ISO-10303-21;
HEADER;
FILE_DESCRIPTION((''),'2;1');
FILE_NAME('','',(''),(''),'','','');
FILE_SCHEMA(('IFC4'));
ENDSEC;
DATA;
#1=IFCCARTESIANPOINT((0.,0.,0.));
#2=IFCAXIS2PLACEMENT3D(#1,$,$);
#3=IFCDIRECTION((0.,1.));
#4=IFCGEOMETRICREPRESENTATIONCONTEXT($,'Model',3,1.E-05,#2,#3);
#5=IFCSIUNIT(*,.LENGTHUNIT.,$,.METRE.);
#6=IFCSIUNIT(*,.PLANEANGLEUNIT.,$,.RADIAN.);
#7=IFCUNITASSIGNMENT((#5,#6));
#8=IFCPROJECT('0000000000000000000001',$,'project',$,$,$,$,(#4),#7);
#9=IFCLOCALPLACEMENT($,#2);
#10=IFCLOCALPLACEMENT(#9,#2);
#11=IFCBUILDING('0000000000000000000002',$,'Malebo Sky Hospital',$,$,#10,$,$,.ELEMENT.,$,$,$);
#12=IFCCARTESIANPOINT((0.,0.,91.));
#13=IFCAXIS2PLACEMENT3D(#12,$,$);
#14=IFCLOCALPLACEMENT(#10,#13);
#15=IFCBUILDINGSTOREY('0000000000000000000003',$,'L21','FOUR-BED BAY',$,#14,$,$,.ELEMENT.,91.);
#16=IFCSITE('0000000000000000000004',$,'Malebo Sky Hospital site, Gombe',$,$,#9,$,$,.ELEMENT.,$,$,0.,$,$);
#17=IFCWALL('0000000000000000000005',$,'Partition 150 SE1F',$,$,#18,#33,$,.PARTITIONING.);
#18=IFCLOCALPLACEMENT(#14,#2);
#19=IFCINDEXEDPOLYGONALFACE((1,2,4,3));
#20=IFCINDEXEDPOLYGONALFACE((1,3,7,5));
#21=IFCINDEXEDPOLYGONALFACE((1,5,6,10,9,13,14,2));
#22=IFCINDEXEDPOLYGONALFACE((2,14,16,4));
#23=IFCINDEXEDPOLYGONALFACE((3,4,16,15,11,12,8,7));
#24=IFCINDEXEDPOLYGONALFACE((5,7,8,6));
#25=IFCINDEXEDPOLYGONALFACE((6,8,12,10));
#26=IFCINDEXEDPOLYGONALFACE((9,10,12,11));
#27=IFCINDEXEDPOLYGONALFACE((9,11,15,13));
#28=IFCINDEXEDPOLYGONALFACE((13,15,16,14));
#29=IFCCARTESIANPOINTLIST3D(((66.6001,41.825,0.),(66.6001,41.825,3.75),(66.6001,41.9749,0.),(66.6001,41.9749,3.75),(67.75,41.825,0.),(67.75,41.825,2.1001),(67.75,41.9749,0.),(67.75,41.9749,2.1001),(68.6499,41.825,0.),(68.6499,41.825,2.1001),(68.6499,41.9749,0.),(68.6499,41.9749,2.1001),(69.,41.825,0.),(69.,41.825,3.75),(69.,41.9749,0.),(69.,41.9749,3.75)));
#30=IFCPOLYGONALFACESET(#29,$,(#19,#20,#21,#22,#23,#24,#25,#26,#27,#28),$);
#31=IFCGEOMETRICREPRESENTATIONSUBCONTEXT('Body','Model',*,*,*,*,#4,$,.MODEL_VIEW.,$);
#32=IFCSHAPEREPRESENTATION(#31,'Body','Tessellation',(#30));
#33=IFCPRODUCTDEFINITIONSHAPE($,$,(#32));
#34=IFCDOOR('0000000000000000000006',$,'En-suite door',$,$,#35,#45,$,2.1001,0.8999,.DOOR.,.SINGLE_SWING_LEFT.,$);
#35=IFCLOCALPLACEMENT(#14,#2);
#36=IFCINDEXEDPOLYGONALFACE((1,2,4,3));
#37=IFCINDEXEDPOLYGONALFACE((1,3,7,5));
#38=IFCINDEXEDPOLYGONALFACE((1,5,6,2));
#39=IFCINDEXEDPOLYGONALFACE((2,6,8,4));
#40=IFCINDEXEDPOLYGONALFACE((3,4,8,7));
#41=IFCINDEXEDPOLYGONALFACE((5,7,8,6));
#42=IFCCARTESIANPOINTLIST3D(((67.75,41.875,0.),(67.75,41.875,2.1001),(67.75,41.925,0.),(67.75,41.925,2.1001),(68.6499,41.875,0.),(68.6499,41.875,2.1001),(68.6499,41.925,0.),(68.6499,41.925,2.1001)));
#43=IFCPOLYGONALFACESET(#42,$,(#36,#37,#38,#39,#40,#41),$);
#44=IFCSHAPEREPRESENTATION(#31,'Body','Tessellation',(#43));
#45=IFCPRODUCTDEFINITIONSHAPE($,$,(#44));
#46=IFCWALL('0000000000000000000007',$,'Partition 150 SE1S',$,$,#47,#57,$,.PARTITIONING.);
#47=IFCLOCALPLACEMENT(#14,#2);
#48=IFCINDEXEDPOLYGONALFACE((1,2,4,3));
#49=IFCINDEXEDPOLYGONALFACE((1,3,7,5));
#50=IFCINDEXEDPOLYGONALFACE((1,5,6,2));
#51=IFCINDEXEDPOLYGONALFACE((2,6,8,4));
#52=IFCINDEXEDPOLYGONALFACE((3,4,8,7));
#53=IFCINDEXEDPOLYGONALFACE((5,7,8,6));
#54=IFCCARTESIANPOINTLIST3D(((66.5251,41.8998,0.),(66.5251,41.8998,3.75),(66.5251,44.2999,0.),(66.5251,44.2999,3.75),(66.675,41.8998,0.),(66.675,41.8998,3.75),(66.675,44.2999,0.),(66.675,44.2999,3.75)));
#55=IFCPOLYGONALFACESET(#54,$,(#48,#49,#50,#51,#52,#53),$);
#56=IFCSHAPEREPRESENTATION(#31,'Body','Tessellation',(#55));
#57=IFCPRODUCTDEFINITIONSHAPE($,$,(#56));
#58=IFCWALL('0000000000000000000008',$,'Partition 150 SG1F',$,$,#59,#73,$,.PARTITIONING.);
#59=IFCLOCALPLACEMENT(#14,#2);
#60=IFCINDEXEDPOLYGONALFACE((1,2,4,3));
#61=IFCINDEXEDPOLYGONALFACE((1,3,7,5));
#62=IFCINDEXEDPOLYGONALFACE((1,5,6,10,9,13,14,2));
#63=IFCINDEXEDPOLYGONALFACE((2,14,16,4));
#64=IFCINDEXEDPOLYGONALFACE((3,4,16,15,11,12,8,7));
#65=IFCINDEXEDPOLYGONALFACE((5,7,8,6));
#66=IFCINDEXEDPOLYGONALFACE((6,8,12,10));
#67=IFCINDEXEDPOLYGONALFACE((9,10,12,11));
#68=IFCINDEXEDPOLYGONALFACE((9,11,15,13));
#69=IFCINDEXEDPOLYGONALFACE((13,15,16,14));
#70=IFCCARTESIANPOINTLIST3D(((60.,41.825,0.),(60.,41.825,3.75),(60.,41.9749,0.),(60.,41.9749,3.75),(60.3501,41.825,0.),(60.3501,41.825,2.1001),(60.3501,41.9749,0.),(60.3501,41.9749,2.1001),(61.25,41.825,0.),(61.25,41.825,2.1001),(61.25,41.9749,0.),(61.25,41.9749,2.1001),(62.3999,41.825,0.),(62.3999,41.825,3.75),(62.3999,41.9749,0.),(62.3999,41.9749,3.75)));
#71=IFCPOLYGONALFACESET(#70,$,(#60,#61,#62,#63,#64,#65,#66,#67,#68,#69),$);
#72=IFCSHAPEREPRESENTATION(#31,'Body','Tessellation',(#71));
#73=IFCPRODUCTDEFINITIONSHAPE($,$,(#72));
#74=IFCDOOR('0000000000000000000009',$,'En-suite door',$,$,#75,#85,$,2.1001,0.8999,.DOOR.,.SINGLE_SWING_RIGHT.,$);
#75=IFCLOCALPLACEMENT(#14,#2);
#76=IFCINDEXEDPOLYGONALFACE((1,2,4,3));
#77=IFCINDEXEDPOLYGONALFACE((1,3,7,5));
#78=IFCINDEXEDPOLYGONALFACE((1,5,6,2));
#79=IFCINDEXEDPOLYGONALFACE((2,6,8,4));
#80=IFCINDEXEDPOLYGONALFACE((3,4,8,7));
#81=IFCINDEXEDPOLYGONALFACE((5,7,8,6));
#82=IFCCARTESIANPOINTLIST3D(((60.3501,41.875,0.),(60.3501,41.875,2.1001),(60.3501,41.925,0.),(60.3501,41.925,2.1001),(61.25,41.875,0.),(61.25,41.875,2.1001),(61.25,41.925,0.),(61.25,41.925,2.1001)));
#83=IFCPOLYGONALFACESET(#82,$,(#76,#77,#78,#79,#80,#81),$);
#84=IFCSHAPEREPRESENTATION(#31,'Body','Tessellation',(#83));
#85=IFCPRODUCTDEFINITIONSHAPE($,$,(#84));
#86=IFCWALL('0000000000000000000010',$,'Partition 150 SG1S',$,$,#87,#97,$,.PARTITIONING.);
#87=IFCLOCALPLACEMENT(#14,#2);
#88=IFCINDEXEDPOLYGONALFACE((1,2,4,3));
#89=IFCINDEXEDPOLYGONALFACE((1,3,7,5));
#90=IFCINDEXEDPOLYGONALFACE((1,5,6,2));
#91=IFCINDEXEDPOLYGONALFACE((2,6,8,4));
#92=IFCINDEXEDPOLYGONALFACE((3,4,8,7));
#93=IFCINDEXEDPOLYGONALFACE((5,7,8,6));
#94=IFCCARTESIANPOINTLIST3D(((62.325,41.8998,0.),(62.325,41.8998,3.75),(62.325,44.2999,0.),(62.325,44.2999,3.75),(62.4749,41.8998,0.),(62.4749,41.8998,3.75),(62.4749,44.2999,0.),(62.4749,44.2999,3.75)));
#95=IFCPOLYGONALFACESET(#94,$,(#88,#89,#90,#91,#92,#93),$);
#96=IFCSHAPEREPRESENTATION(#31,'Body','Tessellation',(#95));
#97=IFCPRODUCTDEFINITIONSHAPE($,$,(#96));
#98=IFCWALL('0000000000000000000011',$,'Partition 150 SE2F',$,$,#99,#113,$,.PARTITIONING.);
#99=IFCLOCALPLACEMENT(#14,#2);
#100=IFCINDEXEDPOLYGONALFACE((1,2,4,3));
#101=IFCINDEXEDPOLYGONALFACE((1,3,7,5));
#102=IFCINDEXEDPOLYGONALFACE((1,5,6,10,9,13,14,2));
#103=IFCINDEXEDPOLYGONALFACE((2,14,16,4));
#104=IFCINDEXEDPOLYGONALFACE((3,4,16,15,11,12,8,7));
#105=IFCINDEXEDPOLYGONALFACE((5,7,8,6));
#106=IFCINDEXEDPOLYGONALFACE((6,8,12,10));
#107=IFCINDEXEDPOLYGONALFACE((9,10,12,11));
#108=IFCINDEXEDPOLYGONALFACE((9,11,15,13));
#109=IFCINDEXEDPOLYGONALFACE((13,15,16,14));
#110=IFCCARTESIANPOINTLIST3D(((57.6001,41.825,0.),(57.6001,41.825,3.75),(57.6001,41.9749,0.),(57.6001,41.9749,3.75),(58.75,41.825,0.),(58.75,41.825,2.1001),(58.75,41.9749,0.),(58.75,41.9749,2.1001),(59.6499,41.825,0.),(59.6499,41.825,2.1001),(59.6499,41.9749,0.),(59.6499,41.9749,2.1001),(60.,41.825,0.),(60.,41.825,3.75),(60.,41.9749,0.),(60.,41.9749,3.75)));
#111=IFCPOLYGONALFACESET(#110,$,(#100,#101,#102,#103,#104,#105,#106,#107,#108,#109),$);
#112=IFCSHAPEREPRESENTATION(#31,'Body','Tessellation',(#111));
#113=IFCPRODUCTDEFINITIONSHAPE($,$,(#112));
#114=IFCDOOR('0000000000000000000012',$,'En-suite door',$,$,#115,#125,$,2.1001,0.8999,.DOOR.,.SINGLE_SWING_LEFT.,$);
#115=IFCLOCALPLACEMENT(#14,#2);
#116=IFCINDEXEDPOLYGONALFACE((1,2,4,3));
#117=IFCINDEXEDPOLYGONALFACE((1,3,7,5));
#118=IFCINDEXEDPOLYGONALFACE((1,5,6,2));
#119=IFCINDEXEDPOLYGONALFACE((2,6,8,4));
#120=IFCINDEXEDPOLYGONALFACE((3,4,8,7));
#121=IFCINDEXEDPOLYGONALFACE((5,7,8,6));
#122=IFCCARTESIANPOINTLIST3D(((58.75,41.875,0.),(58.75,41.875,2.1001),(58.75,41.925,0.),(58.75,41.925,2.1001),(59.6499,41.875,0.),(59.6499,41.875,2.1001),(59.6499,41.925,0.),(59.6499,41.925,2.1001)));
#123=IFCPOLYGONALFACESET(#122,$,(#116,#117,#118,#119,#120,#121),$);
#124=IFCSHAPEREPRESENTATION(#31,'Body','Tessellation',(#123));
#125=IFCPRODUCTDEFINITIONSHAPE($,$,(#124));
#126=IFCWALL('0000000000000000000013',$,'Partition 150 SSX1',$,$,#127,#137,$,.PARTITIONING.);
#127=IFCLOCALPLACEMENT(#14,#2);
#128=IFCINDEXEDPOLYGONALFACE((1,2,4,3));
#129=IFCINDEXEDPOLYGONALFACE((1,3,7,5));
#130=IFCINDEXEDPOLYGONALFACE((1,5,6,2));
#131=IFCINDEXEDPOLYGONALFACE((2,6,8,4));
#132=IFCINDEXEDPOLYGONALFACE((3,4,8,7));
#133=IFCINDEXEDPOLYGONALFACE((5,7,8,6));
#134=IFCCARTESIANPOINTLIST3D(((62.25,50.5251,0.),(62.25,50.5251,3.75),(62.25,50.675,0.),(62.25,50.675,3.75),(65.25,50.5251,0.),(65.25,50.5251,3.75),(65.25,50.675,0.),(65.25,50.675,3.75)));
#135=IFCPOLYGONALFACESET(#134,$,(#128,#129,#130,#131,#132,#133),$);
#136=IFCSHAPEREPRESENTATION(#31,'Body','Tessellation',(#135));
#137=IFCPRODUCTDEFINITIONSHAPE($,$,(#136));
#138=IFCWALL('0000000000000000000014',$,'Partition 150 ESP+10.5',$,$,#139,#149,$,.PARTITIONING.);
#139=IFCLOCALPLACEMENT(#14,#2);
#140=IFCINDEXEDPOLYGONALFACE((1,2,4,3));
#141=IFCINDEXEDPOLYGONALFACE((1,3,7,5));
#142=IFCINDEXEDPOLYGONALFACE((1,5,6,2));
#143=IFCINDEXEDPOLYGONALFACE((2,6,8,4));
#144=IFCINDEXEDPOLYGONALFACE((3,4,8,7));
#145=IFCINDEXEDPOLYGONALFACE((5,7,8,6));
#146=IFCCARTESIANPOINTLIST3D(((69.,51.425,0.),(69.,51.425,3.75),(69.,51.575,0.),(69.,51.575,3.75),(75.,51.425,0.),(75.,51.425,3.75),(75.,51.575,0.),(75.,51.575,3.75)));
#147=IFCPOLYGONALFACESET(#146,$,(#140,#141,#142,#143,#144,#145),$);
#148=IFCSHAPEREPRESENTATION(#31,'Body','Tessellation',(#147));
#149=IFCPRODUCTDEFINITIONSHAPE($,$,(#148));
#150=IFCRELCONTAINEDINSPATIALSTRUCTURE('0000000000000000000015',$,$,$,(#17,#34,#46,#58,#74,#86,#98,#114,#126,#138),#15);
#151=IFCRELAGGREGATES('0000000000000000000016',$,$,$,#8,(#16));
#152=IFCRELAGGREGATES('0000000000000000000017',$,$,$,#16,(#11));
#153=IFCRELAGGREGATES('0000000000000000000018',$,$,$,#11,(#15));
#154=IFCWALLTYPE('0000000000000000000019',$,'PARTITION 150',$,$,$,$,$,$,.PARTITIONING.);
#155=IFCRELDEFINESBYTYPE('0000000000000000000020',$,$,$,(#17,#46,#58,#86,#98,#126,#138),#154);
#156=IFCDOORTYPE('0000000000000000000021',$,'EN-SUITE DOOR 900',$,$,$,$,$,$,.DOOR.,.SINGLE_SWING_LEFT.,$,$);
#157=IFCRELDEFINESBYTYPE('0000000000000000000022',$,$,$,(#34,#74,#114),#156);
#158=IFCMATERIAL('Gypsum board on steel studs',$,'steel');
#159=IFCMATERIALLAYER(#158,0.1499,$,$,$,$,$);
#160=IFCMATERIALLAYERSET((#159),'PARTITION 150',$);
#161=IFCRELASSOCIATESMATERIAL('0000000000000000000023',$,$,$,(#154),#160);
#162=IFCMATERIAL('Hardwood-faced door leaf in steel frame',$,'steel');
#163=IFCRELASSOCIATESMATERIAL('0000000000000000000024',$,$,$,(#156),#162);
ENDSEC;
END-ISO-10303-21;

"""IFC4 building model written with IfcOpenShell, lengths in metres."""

from ifc_helpers import new_model, si_unit, direction, frame, frame_2d, origin, place, context, subcontext, project, spatial, rectangle, extrude, material, layer, layer_set, type_object, element, fill, save


model = new_model("IFC4")

# Units and contexts
model_context = context("Model", 3, precision=1e-05, world=origin(), true_north=direction((0.0, 1.0)))
body_context = subcontext(model_context, "Body", "Model", "MODEL_VIEW")
ifc_project = project(units=[si_unit("LENGTHUNIT", "METRE"), si_unit("PLANEANGLEUNIT", "RADIAN")], contexts=[model_context])

# Site, building, storey
site_placement = place(None, origin())
site = spatial("IfcSite", under=ifc_project, at=site_placement, Name="Malebo Sky Hospital site, Gombe", CompositionType="ELEMENT", RefElevation=0.0)
building_placement = place(site_placement, origin())
building = spatial("IfcBuilding", under=site, at=building_placement, Name="Malebo Sky Hospital", CompositionType="ELEMENT")
storey_placement = place(building_placement, frame((0.0, 0.0, 91.0)))
storey = spatial("IfcBuildingStorey", under=building, at=storey_placement, Name="L21", Description="FOUR-BED BAY", CompositionType="ELEMENT", Elevation=91.0)

# Shared definitions
ifc_material_1 = material(Name="Gypsum board on steel studs", Category="steel")
ifc_material_2 = material(Name="Hardwood-faced door leaf in steel frame", Category="steel")

# Shared definitions
ifc_layer_1 = layer(ifc_material_1, 0.1499)
ifc_layer_set_1 = layer_set([ifc_layer_1], Name="PARTITION 150")
wall_type_1 = type_object("IfcWallType", Name="PARTITION 150", PredefinedType="PARTITIONING", material=ifc_layer_set_1)

# Shared definitions
door_type_1 = type_object("IfcDoorType", Name="EN-SUITE DOOR 900", OperationType="SINGLE_SWING_LEFT", PredefinedType="DOOR", material=ifc_material_2)

# Wall, opening, door
wall_1_placement = place(storey_placement, frame((69.0, 41.8999, 0.0), z_axis=(0.0, 0.0, 1.0), x_axis=(-1.0, 0.0, 0.0)))
wall_1 = element("IfcWall", 1, at=wall_1_placement, inside=storey, type_object=wall_type_1, Name="Partition 150 SE1F", PredefinedType="PARTITIONING", context=body_context, shape_type="SweptSolid", body=[
    extrude(rectangle(XDim=2.3999, YDim=0.1499, at=frame_2d((1.2, 0.0))), origin(), (0.0, 0.0, 1.0), 3.75),
])
opening_1_placement = place(wall_1_placement, frame((0.3501, 0.0, 0.0)))
opening_1 = element("IfcOpeningElement", 2, at=opening_1_placement, cuts=wall_1, PredefinedType="OPENING", context=body_context, shape_type="SweptSolid", body=[
    extrude(rectangle(XDim=0.8999, YDim=2.1001, at=frame_2d((0.45, 1.05))), frame((0.0, 0.085, 0.0), z_axis=(0.0, -1.0, 0.0), x_axis=(1.0, 0.0, 0.0)), (0.0, 0.0, 1.0), 0.1699),
])
door_1_placement = place(opening_1_placement, origin())
door_1 = element("IfcDoor", 3, at=door_1_placement, inside=storey, type_object=door_type_1, Name="En-suite door", OperationType="SINGLE_SWING_LEFT", OverallHeight=2.1001, OverallWidth=0.8999, PredefinedType="DOOR", context=body_context, shape_type="SweptSolid", body=[
    extrude(rectangle(XDim=0.8999, YDim=2.1001, at=frame_2d((0.45, 1.05))), frame((0.0, 0.0249, 0.0), z_axis=(0.0, -1.0, 0.0), x_axis=(1.0, 0.0, 0.0)), (0.0, 0.0, 1.0), 0.05),
])
fill(opening_1, door_1)

# Wall
wall_2_placement = place(storey_placement, frame((66.6001, 44.3, 0.0), z_axis=(0.0, 0.0, 1.0), x_axis=(0.0, -1.0, 0.0)))
element("IfcWall", 4, at=wall_2_placement, inside=storey, type_object=wall_type_1, Name="Partition 150 SE1S", PredefinedType="PARTITIONING", context=body_context, shape_type="SweptSolid", body=[
    extrude(rectangle(XDim=2.4001, YDim=0.1499, at=frame_2d((1.2002, 0.0))), origin(), (0.0, 0.0, 1.0), 3.75),
])

# Wall, opening, door
wall_3_placement = place(storey_placement, frame((62.3999, 41.8999, 0.0), z_axis=(0.0, 0.0, 1.0), x_axis=(-1.0, 0.0, 0.0)))
wall_3 = element("IfcWall", 5, at=wall_3_placement, inside=storey, type_object=wall_type_1, Name="Partition 150 SG1F", PredefinedType="PARTITIONING", context=body_context, shape_type="SweptSolid", body=[
    extrude(rectangle(XDim=2.3999, YDim=0.1499, at=frame_2d((1.2, 0.0))), origin(), (0.0, 0.0, 1.0), 3.75),
])
opening_2_placement = place(wall_3_placement, frame((1.1499, 0.0, 0.0)))
opening_2 = element("IfcOpeningElement", 6, at=opening_2_placement, cuts=wall_3, PredefinedType="OPENING", context=body_context, shape_type="SweptSolid", body=[
    extrude(rectangle(XDim=0.8999, YDim=2.1001, at=frame_2d((0.45, 1.05))), frame((0.0, 0.085, 0.0), z_axis=(0.0, -1.0, 0.0), x_axis=(1.0, 0.0, 0.0)), (0.0, 0.0, 1.0), 0.1699),
])
door_2_placement = place(opening_2_placement, origin())
door_2 = element("IfcDoor", 7, at=door_2_placement, inside=storey, type_object=door_type_1, Name="En-suite door", OperationType="SINGLE_SWING_RIGHT", OverallHeight=2.1001, OverallWidth=0.8999, PredefinedType="DOOR", context=body_context, shape_type="SweptSolid", body=[
    extrude(rectangle(XDim=0.8999, YDim=2.1001, at=frame_2d((0.45, 1.05))), frame((0.0, 0.0249, 0.0), z_axis=(0.0, -1.0, 0.0), x_axis=(1.0, 0.0, 0.0)), (0.0, 0.0, 1.0), 0.05),
])
fill(opening_2, door_2)

# Wall
wall_4_placement = place(storey_placement, frame((62.3999, 44.3, 0.0), z_axis=(0.0, 0.0, 1.0), x_axis=(0.0, -1.0, 0.0)))
element("IfcWall", 8, at=wall_4_placement, inside=storey, type_object=wall_type_1, Name="Partition 150 SG1S", PredefinedType="PARTITIONING", context=body_context, shape_type="SweptSolid", body=[
    extrude(rectangle(XDim=2.4001, YDim=0.1499, at=frame_2d((1.2002, 0.0))), origin(), (0.0, 0.0, 1.0), 3.75),
])

# Wall, opening, door
wall_5_placement = place(storey_placement, frame((60.0, 41.8999, 0.0), z_axis=(0.0, 0.0, 1.0), x_axis=(-1.0, 0.0, 0.0)))
wall_5 = element("IfcWall", 9, at=wall_5_placement, inside=storey, type_object=wall_type_1, Name="Partition 150 SE2F", PredefinedType="PARTITIONING", context=body_context, shape_type="SweptSolid", body=[
    extrude(rectangle(XDim=2.3999, YDim=0.1499, at=frame_2d((1.2, 0.0))), origin(), (0.0, 0.0, 1.0), 3.75),
])
opening_3_placement = place(wall_5_placement, frame((0.3501, 0.0, 0.0)))
opening_3 = element("IfcOpeningElement", 10, at=opening_3_placement, cuts=wall_5, PredefinedType="OPENING", context=body_context, shape_type="SweptSolid", body=[
    extrude(rectangle(XDim=0.8999, YDim=2.1001, at=frame_2d((0.45, 1.05))), frame((0.0, 0.085, 0.0), z_axis=(0.0, -1.0, 0.0), x_axis=(1.0, 0.0, 0.0)), (0.0, 0.0, 1.0), 0.1699),
])
door_3_placement = place(opening_3_placement, origin())
door_3 = element("IfcDoor", 11, at=door_3_placement, inside=storey, type_object=door_type_1, Name="En-suite door", OperationType="SINGLE_SWING_LEFT", OverallHeight=2.1001, OverallWidth=0.8999, PredefinedType="DOOR", context=body_context, shape_type="SweptSolid", body=[
    extrude(rectangle(XDim=0.8999, YDim=2.1001, at=frame_2d((0.45, 1.05))), frame((0.0, 0.0249, 0.0), z_axis=(0.0, -1.0, 0.0), x_axis=(1.0, 0.0, 0.0)), (0.0, 0.0, 1.0), 0.05),
])
fill(opening_3, door_3)

# Walls
wall_6_placement = place(storey_placement, frame((65.25, 50.6001, 0.0), z_axis=(0.0, 0.0, 1.0), x_axis=(-1.0, 0.0, 0.0)))
element("IfcWall", 12, at=wall_6_placement, inside=storey, type_object=wall_type_1, Name="Partition 150 SSX1", PredefinedType="PARTITIONING", context=body_context, shape_type="SweptSolid", body=[
    extrude(rectangle(XDim=3.0, YDim=0.1499, at=frame_2d((1.5, 0.0))), origin(), (0.0, 0.0, 1.0), 3.75),
])
wall_7_placement = place(storey_placement, frame((69.0, 51.5, 0.0), z_axis=(0.0, 0.0, 1.0), x_axis=(1.0, 0.0, 0.0)))
element("IfcWall", 13, at=wall_7_placement, inside=storey, type_object=wall_type_1, Name="Partition 150 ESP+10.5", PredefinedType="PARTITIONING", context=body_context, shape_type="SweptSolid", body=[
    extrude(rectangle(XDim=6.0, YDim=0.1499, at=frame_2d((3.0, 0.0))), origin(), (0.0, 0.0, 1.0), 3.75),
])

save(model, "model.ifc")
